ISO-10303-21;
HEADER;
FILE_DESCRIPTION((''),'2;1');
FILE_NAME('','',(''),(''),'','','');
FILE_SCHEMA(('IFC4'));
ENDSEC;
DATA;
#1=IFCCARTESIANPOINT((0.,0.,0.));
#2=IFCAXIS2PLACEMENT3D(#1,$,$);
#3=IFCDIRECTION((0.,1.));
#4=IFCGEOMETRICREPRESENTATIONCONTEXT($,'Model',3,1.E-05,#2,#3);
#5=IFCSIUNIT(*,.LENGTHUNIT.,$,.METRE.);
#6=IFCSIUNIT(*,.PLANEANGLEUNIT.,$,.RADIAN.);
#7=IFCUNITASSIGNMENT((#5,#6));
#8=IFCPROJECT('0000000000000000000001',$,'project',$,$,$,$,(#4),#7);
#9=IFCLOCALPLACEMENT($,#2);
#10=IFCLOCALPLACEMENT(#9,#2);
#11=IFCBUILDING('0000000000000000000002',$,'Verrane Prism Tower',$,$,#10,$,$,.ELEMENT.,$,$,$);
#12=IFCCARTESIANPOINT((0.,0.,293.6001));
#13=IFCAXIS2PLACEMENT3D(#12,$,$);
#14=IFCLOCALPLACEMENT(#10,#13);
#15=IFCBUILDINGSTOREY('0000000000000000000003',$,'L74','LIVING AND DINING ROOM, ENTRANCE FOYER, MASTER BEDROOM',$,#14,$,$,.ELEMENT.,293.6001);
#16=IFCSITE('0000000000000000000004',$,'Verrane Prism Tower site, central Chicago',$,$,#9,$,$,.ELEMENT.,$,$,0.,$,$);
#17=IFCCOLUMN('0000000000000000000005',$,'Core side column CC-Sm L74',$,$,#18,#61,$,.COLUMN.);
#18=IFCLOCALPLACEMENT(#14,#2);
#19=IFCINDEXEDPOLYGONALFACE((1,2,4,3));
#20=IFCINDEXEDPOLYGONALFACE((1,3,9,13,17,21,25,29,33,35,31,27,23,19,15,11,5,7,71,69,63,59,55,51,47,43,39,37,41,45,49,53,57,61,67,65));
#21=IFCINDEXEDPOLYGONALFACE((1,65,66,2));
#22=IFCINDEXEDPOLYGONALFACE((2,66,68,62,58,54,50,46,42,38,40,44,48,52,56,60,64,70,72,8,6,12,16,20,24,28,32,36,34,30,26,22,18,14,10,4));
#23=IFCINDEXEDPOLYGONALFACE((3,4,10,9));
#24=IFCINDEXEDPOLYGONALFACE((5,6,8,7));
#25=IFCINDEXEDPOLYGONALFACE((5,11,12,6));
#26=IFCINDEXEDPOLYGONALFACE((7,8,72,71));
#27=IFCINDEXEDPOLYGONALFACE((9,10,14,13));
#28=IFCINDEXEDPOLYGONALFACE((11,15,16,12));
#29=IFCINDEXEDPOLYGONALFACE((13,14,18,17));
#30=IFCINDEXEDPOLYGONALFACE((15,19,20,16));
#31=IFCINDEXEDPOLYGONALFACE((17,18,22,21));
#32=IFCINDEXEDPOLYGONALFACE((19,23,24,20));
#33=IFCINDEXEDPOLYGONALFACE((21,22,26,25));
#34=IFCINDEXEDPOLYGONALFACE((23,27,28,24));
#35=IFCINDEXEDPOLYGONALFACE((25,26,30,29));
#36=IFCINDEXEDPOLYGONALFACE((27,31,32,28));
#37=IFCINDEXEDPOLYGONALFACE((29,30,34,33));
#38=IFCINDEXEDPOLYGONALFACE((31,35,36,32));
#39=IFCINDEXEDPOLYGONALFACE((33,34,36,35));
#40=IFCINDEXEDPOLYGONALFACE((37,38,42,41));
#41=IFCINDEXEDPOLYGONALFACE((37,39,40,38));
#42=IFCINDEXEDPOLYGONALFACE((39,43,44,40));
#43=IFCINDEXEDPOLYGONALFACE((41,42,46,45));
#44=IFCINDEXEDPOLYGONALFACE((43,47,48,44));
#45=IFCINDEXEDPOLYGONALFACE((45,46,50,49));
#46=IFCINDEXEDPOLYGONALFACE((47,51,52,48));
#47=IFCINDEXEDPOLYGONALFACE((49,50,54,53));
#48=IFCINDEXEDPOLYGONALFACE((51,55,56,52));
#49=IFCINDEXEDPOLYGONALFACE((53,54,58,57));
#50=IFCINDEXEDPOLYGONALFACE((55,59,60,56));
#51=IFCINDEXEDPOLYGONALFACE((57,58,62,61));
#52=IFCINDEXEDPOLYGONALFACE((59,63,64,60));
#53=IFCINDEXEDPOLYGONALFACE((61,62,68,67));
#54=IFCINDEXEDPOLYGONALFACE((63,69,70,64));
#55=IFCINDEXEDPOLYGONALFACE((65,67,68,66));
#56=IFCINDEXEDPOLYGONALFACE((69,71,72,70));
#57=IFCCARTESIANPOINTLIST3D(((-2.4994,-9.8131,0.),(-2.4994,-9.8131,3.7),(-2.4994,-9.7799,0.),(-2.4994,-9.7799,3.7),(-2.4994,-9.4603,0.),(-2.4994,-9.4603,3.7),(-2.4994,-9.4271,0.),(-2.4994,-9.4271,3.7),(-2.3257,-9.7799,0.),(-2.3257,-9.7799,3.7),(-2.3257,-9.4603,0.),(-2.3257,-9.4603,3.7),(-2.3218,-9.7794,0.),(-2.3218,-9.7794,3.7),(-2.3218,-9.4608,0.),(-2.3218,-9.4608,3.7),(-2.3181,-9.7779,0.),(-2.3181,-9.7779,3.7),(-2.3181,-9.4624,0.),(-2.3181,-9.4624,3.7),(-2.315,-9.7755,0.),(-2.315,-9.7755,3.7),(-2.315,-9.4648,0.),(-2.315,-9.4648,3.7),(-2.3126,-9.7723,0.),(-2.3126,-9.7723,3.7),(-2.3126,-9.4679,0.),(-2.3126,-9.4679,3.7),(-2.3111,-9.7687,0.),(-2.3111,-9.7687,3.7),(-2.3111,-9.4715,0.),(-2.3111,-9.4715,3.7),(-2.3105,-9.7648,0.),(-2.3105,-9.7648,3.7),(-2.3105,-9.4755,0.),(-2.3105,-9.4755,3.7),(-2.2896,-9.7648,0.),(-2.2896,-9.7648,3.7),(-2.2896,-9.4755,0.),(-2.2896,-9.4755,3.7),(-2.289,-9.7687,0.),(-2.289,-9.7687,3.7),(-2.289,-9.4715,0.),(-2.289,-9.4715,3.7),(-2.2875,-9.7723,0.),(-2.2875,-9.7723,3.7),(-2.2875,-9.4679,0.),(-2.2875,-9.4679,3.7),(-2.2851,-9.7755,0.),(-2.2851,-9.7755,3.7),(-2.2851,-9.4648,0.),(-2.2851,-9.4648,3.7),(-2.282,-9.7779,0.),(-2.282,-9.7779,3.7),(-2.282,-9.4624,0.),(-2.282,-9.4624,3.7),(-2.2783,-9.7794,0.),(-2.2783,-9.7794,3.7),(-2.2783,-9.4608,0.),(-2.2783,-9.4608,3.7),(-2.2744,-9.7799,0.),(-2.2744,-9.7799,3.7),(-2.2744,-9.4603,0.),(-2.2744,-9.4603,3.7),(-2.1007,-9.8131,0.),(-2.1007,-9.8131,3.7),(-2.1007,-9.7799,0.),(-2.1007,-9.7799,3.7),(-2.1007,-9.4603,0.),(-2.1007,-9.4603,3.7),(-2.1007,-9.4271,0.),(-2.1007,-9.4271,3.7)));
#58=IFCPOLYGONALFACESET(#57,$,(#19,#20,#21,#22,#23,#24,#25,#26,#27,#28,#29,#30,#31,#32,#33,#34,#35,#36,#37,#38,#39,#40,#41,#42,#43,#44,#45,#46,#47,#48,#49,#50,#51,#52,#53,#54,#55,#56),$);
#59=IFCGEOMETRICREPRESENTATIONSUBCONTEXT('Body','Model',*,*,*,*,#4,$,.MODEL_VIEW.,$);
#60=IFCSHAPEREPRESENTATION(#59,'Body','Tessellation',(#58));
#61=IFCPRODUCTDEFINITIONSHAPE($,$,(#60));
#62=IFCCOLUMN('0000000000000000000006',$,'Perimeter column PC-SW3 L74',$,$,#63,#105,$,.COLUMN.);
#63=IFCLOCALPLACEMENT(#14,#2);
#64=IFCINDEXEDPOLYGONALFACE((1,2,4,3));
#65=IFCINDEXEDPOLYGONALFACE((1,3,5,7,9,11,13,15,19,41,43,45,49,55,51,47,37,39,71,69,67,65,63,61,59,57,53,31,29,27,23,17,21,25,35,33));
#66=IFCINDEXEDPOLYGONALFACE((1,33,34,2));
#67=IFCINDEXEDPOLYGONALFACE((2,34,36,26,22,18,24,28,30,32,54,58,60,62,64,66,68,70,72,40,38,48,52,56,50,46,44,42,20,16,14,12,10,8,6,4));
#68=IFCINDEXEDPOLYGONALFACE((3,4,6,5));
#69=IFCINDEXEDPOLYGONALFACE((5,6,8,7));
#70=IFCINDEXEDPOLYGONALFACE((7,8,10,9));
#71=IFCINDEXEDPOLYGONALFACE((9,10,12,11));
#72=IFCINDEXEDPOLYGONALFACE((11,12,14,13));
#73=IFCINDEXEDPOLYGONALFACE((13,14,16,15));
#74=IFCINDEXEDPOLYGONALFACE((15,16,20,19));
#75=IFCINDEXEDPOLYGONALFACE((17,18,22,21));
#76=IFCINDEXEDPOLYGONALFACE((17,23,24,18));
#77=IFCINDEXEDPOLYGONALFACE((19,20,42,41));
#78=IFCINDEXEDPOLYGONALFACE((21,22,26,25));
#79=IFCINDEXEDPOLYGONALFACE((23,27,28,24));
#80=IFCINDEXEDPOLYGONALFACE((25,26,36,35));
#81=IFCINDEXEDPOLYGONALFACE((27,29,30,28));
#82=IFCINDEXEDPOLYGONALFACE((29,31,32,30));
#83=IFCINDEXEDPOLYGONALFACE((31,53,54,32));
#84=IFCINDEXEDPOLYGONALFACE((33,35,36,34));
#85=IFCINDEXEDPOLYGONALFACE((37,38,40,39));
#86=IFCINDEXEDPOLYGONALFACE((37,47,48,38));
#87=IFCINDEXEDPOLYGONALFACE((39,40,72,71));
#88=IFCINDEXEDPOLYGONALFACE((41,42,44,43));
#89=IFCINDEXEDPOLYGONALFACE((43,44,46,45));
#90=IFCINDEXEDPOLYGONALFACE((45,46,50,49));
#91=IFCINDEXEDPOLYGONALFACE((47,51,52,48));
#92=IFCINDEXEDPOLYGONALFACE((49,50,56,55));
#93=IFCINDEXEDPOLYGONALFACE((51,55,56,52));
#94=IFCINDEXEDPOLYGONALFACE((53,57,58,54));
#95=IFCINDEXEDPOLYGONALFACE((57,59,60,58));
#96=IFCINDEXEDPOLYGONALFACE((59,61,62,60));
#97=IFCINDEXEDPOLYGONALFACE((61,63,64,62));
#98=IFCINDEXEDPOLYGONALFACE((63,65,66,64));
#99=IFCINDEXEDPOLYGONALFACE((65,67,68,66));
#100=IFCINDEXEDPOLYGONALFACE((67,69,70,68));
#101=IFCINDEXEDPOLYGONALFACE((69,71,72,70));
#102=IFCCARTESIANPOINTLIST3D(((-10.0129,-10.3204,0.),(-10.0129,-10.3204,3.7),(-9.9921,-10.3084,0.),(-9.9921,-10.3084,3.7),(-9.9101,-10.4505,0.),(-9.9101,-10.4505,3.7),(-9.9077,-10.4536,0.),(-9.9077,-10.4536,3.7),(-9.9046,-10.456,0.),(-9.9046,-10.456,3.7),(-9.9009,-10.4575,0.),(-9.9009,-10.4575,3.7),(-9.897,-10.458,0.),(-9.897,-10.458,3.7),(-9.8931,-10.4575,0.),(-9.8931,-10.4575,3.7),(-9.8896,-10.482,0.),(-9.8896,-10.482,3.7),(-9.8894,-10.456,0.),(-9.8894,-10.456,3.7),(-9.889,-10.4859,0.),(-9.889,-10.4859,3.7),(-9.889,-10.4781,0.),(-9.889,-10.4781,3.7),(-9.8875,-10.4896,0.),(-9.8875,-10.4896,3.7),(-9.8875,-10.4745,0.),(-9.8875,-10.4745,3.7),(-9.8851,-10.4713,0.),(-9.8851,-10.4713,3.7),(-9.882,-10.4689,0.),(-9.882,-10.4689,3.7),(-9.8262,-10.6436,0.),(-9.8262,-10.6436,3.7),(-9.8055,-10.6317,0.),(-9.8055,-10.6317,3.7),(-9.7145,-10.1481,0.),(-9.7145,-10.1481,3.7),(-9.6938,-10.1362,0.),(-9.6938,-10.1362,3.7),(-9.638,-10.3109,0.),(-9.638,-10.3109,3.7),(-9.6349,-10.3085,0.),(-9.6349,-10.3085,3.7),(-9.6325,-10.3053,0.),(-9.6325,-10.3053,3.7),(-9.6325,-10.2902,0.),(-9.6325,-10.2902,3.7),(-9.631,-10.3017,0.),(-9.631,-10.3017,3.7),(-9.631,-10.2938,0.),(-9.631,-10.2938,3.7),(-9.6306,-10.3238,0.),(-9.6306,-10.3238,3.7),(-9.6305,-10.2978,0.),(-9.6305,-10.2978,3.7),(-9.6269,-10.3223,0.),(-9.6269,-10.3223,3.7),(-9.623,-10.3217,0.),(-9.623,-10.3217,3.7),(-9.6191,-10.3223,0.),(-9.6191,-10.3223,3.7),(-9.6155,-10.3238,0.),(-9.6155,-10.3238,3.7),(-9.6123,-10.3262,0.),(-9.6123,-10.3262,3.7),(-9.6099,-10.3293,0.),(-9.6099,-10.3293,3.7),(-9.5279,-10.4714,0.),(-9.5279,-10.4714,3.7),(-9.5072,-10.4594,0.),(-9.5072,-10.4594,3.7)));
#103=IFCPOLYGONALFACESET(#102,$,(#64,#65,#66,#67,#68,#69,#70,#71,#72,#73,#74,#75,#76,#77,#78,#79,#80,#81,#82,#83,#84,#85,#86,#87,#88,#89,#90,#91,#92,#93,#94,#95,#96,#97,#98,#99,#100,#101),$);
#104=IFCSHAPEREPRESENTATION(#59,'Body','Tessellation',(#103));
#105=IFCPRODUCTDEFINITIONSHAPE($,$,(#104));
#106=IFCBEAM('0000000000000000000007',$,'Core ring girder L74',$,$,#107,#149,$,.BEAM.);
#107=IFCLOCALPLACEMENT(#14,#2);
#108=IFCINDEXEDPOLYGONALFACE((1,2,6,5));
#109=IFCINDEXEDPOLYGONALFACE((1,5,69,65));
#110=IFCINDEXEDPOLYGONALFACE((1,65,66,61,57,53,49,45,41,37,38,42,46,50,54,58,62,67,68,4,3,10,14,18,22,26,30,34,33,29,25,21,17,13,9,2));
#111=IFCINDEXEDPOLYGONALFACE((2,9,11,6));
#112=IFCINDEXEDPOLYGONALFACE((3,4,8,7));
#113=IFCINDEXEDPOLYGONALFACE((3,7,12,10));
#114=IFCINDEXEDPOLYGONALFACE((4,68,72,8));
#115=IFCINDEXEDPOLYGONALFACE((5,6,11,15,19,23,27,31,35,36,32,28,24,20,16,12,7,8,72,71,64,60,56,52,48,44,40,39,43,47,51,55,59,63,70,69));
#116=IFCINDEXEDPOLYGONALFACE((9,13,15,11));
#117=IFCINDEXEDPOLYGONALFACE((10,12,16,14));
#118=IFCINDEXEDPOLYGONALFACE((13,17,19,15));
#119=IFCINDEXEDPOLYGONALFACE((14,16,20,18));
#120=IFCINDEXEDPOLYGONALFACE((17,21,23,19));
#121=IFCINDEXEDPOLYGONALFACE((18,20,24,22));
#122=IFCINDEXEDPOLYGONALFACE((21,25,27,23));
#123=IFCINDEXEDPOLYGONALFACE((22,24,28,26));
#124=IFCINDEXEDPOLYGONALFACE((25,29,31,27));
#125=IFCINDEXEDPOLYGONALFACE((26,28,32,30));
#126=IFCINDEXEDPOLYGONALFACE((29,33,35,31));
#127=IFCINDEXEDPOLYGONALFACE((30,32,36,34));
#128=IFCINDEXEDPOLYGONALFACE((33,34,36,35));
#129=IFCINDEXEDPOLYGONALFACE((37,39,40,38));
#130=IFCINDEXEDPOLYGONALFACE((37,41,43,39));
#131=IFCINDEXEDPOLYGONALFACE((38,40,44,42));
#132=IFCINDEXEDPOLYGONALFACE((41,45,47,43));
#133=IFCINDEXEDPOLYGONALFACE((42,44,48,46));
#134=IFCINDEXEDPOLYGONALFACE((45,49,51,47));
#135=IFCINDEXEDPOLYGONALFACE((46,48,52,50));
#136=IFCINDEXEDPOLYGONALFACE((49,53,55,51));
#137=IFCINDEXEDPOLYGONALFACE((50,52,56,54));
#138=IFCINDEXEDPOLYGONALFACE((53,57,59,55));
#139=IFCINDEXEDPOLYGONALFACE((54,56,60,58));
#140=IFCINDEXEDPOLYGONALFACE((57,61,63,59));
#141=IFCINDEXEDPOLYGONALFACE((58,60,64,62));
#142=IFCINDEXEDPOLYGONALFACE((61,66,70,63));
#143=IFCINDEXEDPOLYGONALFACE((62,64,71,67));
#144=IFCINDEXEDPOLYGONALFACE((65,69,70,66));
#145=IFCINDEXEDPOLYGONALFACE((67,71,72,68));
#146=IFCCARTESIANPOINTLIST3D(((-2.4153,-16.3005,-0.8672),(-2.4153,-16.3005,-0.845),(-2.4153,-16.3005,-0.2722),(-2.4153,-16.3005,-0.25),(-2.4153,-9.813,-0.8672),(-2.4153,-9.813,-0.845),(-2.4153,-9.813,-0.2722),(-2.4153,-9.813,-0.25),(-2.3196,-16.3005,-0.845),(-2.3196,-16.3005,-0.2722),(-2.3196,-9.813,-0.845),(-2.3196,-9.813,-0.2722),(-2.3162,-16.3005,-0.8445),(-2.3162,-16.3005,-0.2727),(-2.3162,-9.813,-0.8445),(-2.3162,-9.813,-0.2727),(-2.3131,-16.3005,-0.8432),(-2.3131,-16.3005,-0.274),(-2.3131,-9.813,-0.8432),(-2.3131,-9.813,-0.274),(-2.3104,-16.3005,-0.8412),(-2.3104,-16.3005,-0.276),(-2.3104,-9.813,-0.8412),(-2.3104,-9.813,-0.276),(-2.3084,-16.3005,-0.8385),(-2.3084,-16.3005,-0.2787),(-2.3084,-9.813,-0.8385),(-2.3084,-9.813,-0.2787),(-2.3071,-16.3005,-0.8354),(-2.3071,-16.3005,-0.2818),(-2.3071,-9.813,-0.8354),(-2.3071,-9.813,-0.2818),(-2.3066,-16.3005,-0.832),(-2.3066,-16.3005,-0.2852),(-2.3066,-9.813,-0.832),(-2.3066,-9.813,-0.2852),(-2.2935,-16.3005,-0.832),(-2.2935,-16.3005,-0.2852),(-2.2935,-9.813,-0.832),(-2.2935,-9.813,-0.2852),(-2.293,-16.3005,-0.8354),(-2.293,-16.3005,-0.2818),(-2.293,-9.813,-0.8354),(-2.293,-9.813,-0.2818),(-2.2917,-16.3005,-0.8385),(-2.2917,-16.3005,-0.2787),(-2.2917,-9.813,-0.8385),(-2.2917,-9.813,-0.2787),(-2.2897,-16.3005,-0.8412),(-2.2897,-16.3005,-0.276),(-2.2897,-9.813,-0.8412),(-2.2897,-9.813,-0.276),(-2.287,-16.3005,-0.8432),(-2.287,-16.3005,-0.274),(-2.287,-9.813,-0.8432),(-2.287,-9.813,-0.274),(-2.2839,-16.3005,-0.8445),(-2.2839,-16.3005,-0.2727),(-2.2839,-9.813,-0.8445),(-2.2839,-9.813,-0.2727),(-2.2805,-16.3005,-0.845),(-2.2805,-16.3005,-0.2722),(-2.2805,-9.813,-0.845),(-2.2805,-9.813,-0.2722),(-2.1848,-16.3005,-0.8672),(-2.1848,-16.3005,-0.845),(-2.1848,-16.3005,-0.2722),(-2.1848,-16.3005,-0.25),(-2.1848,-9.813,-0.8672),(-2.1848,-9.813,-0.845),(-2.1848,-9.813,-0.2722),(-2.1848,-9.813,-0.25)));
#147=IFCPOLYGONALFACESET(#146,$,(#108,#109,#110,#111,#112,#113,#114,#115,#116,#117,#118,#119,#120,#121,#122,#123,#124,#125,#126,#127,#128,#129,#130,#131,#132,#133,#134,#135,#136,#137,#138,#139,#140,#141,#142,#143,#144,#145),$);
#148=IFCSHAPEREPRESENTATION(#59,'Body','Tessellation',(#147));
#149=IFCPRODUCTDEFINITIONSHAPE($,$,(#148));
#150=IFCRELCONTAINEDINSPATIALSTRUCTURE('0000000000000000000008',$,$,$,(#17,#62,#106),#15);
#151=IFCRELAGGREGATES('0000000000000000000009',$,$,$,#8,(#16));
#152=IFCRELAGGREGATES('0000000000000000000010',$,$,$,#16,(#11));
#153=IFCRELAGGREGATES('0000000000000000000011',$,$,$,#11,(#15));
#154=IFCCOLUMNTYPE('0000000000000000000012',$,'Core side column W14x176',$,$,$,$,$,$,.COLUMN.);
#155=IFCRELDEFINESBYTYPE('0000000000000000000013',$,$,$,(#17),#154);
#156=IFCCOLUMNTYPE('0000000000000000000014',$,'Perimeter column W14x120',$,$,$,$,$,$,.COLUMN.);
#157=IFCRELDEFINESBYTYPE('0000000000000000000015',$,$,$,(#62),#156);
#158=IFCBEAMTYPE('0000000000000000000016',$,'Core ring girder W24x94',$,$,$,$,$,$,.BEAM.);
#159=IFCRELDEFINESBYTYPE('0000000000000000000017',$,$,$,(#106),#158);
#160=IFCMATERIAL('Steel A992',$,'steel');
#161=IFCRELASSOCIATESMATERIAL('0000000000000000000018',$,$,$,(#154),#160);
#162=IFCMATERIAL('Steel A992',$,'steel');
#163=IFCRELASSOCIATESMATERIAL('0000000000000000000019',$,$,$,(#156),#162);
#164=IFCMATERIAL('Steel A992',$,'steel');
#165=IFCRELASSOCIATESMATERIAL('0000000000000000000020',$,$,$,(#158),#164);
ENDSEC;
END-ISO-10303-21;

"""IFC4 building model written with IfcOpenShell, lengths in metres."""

from ifc_helpers import new_model, si_unit, direction, frame, origin, origin_2d, place, context, subcontext, project, spatial, i_section, extrude, material, material_profile, profile_set, type_object, element, save


model = new_model("IFC4")

# Units and contexts
model_context = context("Model", 3, precision=1e-05, world=origin(), true_north=direction((0.0, 1.0)))
body_context = subcontext(model_context, "Body", "Model", "MODEL_VIEW")
ifc_project = project(units=[si_unit("LENGTHUNIT", "METRE"), si_unit("PLANEANGLEUNIT", "RADIAN")], contexts=[model_context])

# Site, building, storey
site_placement = place(None, origin())
site = spatial("IfcSite", under=ifc_project, at=site_placement, Name="Verrane Prism Tower site, central Chicago", CompositionType="ELEMENT", RefElevation=0.0)
building_placement = place(site_placement, origin())
building = spatial("IfcBuilding", under=site, at=building_placement, Name="Verrane Prism Tower", CompositionType="ELEMENT")
storey_placement = place(building_placement, frame((0.0, 0.0, 293.6001)))
storey = spatial("IfcBuildingStorey", under=building, at=storey_placement, Name="L74", Description="LIVING AND DINING ROOM, ENTRANCE FOYER, MASTER BEDROOM", CompositionType="ELEMENT", Elevation=293.6001)

# Columns
ifc_material_1 = material(Name="Steel A992", Category="steel")
ifc_material_profile_1 = material_profile(ifc_material_1, i_section(OverallWidth=0.3987, OverallDepth=0.386, WebThickness=0.021, FlangeThickness=0.0332, FilletRadius=0.0151, at=origin_2d()), Name="W14x176")
ifc_profile_set_1 = profile_set([ifc_material_profile_1], Name="Steel A992")
column_type_1 = type_object("IfcColumnType", Name="Core side column W14x176", PredefinedType="COLUMN", material=ifc_profile_set_1)
column_1_placement = place(storey_placement, frame((-2.3, -9.6201, 0.0), z_axis=(0.0, 0.0, 1.0), x_axis=(1.0, 0.0, 0.0)))
element("IfcColumn", 1, at=column_1_placement, inside=storey, type_object=column_type_1, Name="Core side column CC-Sm L74", PredefinedType="COLUMN", context=body_context, shape_type="SweptSolid", body=[
    extrude(i_section(OverallWidth=0.3987, OverallDepth=0.386, WebThickness=0.021, FlangeThickness=0.0332, FilletRadius=0.0151, at=origin_2d()), origin(), (0.0, 0.0, 1.0), 3.7),
])
ifc_material_2 = material(Name="Steel A992", Category="steel")
ifc_material_profile_2 = material_profile(ifc_material_2, i_section(OverallWidth=0.3733, OverallDepth=0.3684, WebThickness=0.0149, FlangeThickness=0.0239, FilletRadius=0.0151, at=origin_2d()), Name="W14x120")
ifc_profile_set_2 = profile_set([ifc_material_profile_2], Name="Steel A992")
column_type_2 = type_object("IfcColumnType", Name="Perimeter column W14x120", PredefinedType="COLUMN", material=ifc_profile_set_2)
column_2_placement = place(storey_placement, frame((-9.76, -10.3899, 0.0), z_axis=(0.0, 0.0, 1.0), x_axis=(-0.5, 0.866025, 0.0)))
element("IfcColumn", 2, at=column_2_placement, inside=storey, type_object=column_type_2, Name="Perimeter column PC-SW3 L74", PredefinedType="COLUMN", context=body_context, shape_type="SweptSolid", body=[
    extrude(i_section(OverallWidth=0.3733, OverallDepth=0.3684, WebThickness=0.0149, FlangeThickness=0.0239, FilletRadius=0.0151, at=origin_2d()), origin(), (0.0, 0.0, 1.0), 3.7),
])

# Beam
ifc_material_3 = material(Name="Steel A992", Category="steel")
ifc_material_profile_3 = material_profile(ifc_material_3, i_section(OverallWidth=0.2305, OverallDepth=0.6172, WebThickness=0.0132, FlangeThickness=0.0222, FilletRadius=0.0129, at=origin_2d()), Name="W24x94")
ifc_profile_set_3 = profile_set([ifc_material_profile_3], Name="Steel A992")
beam_type_1 = type_object("IfcBeamType", Name="Core ring girder W24x94", PredefinedType="BEAM", material=ifc_profile_set_3)
beam_1_placement = place(storey_placement, frame((-2.3, -9.813, -0.5586), z_axis=(0.0, -1.0, 0.0), x_axis=(1.0, 0.0, 0.0)))
element("IfcBeam", 3, at=beam_1_placement, inside=storey, type_object=beam_type_1, Name="Core ring girder L74", PredefinedType="BEAM", context=body_context, shape_type="SweptSolid", body=[
    extrude(i_section(OverallWidth=0.2305, OverallDepth=0.6172, WebThickness=0.0132, FlangeThickness=0.0222, FilletRadius=0.0129, at=origin_2d()), origin(), (0.0, 0.0, 1.0), 6.4875),
])

save(model, "model.ifc")
